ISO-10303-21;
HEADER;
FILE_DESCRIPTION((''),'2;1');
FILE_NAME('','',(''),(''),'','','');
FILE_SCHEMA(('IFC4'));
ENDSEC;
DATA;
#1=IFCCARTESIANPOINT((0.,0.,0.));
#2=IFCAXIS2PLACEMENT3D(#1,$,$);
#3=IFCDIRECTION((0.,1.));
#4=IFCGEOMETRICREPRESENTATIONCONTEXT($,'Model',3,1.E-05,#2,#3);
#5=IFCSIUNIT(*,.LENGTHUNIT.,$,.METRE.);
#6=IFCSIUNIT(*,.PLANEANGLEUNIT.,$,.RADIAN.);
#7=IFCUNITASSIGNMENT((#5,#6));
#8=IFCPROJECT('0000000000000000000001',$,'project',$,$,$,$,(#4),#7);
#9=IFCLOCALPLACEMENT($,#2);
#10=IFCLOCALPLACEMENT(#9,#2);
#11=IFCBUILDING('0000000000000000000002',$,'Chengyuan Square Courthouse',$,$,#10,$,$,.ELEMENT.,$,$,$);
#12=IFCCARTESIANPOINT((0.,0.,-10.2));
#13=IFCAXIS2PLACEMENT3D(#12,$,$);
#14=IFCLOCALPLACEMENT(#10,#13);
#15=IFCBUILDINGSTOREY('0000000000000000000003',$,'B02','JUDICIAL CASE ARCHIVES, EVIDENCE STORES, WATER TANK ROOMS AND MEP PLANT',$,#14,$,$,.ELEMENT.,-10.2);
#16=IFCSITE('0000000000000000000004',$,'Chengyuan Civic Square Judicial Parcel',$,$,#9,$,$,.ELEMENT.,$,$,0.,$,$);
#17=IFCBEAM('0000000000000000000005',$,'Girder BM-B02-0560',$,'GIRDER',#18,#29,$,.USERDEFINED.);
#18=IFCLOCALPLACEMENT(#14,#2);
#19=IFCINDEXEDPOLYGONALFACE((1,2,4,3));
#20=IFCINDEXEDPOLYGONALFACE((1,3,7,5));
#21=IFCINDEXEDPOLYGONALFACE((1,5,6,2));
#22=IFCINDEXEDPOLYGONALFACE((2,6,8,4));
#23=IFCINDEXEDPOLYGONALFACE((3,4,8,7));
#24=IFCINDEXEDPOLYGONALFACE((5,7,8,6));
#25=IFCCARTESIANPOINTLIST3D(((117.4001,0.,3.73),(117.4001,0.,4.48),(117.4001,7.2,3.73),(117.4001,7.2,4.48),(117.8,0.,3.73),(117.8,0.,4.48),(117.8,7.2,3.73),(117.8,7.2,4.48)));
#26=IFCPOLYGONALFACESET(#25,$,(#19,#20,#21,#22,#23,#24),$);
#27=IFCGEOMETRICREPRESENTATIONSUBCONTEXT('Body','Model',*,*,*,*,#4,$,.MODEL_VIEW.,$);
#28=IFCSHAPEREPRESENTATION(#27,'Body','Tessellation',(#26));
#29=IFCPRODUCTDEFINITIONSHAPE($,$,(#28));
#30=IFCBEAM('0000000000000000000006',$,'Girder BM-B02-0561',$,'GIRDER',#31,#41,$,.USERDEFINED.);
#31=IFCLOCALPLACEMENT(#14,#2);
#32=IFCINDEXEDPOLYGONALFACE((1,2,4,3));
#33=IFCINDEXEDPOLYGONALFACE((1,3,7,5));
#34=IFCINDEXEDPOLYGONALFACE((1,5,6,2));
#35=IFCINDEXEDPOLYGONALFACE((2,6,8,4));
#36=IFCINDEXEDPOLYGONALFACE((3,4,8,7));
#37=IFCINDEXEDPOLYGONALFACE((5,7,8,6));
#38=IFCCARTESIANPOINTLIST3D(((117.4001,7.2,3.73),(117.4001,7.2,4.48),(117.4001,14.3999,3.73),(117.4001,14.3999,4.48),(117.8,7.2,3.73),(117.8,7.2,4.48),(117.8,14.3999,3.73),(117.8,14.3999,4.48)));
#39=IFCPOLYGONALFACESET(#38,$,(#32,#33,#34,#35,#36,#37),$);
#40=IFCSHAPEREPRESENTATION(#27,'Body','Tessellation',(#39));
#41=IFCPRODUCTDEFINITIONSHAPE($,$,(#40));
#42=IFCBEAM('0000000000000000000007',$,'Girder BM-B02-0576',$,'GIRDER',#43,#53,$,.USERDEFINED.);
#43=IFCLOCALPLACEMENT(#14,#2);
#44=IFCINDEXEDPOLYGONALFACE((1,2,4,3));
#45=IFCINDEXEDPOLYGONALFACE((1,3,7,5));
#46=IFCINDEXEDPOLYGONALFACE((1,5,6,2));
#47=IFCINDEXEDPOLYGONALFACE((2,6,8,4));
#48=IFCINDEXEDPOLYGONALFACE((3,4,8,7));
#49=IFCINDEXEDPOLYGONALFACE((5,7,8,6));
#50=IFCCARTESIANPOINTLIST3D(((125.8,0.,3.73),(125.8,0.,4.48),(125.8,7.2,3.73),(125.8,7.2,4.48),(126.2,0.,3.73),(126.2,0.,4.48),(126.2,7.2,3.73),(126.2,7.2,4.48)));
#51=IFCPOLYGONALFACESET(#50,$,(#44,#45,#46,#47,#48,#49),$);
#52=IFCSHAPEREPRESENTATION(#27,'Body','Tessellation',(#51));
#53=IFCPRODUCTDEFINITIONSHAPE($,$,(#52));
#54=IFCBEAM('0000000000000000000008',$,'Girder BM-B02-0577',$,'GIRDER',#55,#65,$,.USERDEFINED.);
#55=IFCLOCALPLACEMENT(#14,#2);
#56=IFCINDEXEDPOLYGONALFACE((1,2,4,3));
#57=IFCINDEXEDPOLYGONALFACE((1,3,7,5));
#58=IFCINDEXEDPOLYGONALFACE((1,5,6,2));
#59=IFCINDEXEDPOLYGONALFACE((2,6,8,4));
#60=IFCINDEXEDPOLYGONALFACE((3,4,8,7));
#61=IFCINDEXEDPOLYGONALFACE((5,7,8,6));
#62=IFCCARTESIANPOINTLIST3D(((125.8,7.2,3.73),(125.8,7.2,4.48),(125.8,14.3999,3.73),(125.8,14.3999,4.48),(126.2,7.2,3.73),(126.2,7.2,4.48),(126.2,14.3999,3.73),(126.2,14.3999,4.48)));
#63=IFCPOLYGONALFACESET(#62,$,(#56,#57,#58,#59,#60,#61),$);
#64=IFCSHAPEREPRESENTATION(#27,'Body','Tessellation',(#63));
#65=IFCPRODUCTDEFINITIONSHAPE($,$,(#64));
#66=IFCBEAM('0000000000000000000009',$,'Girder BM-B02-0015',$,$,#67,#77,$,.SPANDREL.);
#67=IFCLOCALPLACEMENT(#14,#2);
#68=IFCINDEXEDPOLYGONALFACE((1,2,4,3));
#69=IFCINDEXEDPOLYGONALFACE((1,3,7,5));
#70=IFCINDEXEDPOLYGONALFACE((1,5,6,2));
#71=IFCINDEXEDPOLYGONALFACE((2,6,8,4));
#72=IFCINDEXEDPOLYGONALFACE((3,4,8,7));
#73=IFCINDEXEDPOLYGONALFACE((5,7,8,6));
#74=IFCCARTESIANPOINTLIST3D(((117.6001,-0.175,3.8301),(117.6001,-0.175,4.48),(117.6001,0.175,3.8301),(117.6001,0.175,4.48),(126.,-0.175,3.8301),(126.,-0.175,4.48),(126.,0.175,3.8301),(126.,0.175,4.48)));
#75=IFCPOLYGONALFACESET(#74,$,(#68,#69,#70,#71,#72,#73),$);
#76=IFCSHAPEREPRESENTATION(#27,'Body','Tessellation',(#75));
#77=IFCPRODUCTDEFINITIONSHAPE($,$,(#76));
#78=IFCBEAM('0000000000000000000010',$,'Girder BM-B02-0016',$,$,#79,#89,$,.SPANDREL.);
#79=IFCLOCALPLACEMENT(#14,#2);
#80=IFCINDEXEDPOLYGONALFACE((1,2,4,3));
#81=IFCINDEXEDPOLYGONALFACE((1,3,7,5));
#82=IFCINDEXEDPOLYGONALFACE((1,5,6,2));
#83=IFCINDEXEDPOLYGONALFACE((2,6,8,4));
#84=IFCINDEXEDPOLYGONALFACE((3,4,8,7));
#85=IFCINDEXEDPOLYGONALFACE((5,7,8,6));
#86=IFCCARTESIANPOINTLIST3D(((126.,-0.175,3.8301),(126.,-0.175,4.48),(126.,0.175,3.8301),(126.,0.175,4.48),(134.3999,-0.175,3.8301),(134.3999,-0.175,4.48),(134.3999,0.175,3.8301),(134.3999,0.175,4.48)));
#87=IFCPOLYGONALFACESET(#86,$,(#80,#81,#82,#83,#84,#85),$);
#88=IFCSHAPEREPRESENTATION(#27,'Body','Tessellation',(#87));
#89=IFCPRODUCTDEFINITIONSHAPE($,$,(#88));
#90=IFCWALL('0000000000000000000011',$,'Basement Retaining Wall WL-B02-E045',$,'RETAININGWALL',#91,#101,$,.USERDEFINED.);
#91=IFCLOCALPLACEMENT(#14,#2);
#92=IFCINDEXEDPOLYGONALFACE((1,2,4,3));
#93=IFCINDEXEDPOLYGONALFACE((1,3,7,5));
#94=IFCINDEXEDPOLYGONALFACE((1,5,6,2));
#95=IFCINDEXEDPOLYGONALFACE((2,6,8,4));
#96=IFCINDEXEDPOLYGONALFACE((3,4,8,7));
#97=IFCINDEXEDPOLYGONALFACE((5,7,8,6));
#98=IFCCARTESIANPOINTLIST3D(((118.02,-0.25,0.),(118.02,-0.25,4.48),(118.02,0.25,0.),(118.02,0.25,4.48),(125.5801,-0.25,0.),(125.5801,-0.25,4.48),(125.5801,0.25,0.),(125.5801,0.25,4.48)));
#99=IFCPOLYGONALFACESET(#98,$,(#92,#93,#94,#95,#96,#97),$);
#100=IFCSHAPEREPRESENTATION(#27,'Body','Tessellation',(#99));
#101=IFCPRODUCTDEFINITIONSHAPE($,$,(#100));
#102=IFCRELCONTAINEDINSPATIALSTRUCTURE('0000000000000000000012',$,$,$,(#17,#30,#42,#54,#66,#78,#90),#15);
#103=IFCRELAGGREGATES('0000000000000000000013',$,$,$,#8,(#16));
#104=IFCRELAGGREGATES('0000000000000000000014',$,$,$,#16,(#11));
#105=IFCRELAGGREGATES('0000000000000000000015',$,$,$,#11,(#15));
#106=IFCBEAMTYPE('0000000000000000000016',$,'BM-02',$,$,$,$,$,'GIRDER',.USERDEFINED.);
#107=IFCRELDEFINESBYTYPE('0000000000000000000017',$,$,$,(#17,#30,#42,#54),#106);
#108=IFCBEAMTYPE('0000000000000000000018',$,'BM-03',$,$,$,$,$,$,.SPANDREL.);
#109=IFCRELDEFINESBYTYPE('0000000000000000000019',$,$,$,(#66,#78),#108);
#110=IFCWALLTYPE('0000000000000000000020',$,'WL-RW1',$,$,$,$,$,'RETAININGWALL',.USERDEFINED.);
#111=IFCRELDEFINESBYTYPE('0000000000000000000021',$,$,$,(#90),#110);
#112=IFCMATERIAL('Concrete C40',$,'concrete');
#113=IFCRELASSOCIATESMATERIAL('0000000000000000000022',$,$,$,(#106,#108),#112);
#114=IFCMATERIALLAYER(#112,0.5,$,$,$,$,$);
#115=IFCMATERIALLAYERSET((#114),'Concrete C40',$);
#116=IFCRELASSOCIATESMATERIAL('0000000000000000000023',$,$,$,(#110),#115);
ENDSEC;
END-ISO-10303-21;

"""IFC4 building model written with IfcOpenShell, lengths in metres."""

from ifc_helpers import new_model, si_unit, direction, frame, frame_2d, origin, origin_2d, place, context, subcontext, project, spatial, rectangle, extrude, material, layer, layer_set, material_profile, profile_set, type_object, element, save


model = new_model("IFC4")

# Units and contexts
model_context = context("Model", 3, precision=1e-05, world=origin(), true_north=direction((0.0, 1.0)))
body_context = subcontext(model_context, "Body", "Model", "MODEL_VIEW")
ifc_project = project(units=[si_unit("LENGTHUNIT", "METRE"), si_unit("PLANEANGLEUNIT", "RADIAN")], contexts=[model_context])

# Site, building, storey
site_placement = place(None, origin())
site = spatial("IfcSite", under=ifc_project, at=site_placement, Name="Chengyuan Civic Square Judicial Parcel", CompositionType="ELEMENT", RefElevation=0.0)
building_placement = place(site_placement, origin())
building = spatial("IfcBuilding", under=site, at=building_placement, Name="Chengyuan Square Courthouse", CompositionType="ELEMENT")
storey_placement = place(building_placement, frame((0.0, 0.0, -10.2)))
storey = spatial("IfcBuildingStorey", under=building, at=storey_placement, Name="B02", Description="JUDICIAL CASE ARCHIVES, EVIDENCE STORES, WATER TANK ROOMS AND MEP PLANT", CompositionType="ELEMENT", Elevation=-10.2)

# Shared definitions
ifc_material_1 = material(Name="Concrete C40", Category="concrete")

# Beams
ifc_material_profile_1 = material_profile(ifc_material_1, rectangle(XDim=0.3999, YDim=0.75, at=origin_2d()), Name="RC-BM-400x750")
ifc_profile_set_1 = profile_set([ifc_material_profile_1], Name="Concrete C40")
beam_type_1 = type_object("IfcBeamType", Name="BM-02", ElementType="GIRDER", PredefinedType="USERDEFINED", material=ifc_profile_set_1)
for number, where, z_axis, x_axis, name in (
    (1, (117.6001, 0.0, 4.105), (0.0, 1.0, 0.0), (-1.0, 0.0, 0.0), "Girder BM-B02-0560"),
    (2, (117.6001, 7.2, 4.105), (0.0, 1.0, 0.0), (-1.0, 0.0, 0.0), "Girder BM-B02-0561"),
    (3, (126.0, 0.0, 4.105), (0.0, 1.0, 0.0), (-1.0, 0.0, 0.0), "Girder BM-B02-0576"),
    (4, (126.0, 7.2, 4.105), (0.0, 1.0, 0.0), (-1.0, 0.0, 0.0), "Girder BM-B02-0577"),
):
    element("IfcBeam", number, at=place(storey_placement, frame(where, z_axis=z_axis, x_axis=x_axis)), inside=storey, type_object=beam_type_1, Name=name, ObjectType="GIRDER", PredefinedType="USERDEFINED", context=body_context, shape_type="SweptSolid", body=[
        extrude(rectangle(XDim=0.3999, YDim=0.75, at=origin_2d()), origin(), (0.0, 0.0, 1.0), 7.2),
    ])
ifc_material_profile_2 = material_profile(ifc_material_1, rectangle(XDim=0.3501, YDim=0.6499, at=origin_2d()), Name="RC-BM-350x650")
ifc_profile_set_2 = profile_set([ifc_material_profile_2], Name="Concrete C40")
beam_type_2 = type_object("IfcBeamType", Name="BM-03", PredefinedType="SPANDREL", material=ifc_profile_set_2)
for number, where, z_axis, x_axis, name in (
    (5, (117.6001, 0.0, 4.155), (1.0, 0.0, 0.0), (0.0, 1.0, 0.0), "Girder BM-B02-0015"),
    (6, (126.0, 0.0, 4.155), (1.0, 0.0, 0.0), (0.0, 1.0, 0.0), "Girder BM-B02-0016"),
):
    element("IfcBeam", number, at=place(storey_placement, frame(where, z_axis=z_axis, x_axis=x_axis)), inside=storey, type_object=beam_type_2, Name=name, PredefinedType="SPANDREL", context=body_context, shape_type="SweptSolid", body=[
        extrude(rectangle(XDim=0.3501, YDim=0.6499, at=origin_2d()), origin(), (0.0, 0.0, 1.0), 8.3999),
    ])

# Wall
ifc_layer = layer(ifc_material_1, 0.5)
ifc_layer_set = layer_set([ifc_layer], Name="Concrete C40")
wall_type = type_object("IfcWallType", Name="WL-RW1", ElementType="RETAININGWALL", PredefinedType="USERDEFINED", material=ifc_layer_set)
wall_placement = place(storey_placement, frame((118.02, 0.0, 0.0), z_axis=(0.0, 0.0, 1.0), x_axis=(1.0, 0.0, 0.0)))
element("IfcWall", 7, at=wall_placement, inside=storey, type_object=wall_type, Name="Basement Retaining Wall WL-B02-E045", ObjectType="RETAININGWALL", PredefinedType="USERDEFINED", context=body_context, shape_type="SweptSolid", body=[
    extrude(rectangle(XDim=7.5601, YDim=0.5, at=frame_2d((3.78, 0.0))), origin(), (0.0, 0.0, 1.0), 4.48),
])

save(model, "model.ifc")
